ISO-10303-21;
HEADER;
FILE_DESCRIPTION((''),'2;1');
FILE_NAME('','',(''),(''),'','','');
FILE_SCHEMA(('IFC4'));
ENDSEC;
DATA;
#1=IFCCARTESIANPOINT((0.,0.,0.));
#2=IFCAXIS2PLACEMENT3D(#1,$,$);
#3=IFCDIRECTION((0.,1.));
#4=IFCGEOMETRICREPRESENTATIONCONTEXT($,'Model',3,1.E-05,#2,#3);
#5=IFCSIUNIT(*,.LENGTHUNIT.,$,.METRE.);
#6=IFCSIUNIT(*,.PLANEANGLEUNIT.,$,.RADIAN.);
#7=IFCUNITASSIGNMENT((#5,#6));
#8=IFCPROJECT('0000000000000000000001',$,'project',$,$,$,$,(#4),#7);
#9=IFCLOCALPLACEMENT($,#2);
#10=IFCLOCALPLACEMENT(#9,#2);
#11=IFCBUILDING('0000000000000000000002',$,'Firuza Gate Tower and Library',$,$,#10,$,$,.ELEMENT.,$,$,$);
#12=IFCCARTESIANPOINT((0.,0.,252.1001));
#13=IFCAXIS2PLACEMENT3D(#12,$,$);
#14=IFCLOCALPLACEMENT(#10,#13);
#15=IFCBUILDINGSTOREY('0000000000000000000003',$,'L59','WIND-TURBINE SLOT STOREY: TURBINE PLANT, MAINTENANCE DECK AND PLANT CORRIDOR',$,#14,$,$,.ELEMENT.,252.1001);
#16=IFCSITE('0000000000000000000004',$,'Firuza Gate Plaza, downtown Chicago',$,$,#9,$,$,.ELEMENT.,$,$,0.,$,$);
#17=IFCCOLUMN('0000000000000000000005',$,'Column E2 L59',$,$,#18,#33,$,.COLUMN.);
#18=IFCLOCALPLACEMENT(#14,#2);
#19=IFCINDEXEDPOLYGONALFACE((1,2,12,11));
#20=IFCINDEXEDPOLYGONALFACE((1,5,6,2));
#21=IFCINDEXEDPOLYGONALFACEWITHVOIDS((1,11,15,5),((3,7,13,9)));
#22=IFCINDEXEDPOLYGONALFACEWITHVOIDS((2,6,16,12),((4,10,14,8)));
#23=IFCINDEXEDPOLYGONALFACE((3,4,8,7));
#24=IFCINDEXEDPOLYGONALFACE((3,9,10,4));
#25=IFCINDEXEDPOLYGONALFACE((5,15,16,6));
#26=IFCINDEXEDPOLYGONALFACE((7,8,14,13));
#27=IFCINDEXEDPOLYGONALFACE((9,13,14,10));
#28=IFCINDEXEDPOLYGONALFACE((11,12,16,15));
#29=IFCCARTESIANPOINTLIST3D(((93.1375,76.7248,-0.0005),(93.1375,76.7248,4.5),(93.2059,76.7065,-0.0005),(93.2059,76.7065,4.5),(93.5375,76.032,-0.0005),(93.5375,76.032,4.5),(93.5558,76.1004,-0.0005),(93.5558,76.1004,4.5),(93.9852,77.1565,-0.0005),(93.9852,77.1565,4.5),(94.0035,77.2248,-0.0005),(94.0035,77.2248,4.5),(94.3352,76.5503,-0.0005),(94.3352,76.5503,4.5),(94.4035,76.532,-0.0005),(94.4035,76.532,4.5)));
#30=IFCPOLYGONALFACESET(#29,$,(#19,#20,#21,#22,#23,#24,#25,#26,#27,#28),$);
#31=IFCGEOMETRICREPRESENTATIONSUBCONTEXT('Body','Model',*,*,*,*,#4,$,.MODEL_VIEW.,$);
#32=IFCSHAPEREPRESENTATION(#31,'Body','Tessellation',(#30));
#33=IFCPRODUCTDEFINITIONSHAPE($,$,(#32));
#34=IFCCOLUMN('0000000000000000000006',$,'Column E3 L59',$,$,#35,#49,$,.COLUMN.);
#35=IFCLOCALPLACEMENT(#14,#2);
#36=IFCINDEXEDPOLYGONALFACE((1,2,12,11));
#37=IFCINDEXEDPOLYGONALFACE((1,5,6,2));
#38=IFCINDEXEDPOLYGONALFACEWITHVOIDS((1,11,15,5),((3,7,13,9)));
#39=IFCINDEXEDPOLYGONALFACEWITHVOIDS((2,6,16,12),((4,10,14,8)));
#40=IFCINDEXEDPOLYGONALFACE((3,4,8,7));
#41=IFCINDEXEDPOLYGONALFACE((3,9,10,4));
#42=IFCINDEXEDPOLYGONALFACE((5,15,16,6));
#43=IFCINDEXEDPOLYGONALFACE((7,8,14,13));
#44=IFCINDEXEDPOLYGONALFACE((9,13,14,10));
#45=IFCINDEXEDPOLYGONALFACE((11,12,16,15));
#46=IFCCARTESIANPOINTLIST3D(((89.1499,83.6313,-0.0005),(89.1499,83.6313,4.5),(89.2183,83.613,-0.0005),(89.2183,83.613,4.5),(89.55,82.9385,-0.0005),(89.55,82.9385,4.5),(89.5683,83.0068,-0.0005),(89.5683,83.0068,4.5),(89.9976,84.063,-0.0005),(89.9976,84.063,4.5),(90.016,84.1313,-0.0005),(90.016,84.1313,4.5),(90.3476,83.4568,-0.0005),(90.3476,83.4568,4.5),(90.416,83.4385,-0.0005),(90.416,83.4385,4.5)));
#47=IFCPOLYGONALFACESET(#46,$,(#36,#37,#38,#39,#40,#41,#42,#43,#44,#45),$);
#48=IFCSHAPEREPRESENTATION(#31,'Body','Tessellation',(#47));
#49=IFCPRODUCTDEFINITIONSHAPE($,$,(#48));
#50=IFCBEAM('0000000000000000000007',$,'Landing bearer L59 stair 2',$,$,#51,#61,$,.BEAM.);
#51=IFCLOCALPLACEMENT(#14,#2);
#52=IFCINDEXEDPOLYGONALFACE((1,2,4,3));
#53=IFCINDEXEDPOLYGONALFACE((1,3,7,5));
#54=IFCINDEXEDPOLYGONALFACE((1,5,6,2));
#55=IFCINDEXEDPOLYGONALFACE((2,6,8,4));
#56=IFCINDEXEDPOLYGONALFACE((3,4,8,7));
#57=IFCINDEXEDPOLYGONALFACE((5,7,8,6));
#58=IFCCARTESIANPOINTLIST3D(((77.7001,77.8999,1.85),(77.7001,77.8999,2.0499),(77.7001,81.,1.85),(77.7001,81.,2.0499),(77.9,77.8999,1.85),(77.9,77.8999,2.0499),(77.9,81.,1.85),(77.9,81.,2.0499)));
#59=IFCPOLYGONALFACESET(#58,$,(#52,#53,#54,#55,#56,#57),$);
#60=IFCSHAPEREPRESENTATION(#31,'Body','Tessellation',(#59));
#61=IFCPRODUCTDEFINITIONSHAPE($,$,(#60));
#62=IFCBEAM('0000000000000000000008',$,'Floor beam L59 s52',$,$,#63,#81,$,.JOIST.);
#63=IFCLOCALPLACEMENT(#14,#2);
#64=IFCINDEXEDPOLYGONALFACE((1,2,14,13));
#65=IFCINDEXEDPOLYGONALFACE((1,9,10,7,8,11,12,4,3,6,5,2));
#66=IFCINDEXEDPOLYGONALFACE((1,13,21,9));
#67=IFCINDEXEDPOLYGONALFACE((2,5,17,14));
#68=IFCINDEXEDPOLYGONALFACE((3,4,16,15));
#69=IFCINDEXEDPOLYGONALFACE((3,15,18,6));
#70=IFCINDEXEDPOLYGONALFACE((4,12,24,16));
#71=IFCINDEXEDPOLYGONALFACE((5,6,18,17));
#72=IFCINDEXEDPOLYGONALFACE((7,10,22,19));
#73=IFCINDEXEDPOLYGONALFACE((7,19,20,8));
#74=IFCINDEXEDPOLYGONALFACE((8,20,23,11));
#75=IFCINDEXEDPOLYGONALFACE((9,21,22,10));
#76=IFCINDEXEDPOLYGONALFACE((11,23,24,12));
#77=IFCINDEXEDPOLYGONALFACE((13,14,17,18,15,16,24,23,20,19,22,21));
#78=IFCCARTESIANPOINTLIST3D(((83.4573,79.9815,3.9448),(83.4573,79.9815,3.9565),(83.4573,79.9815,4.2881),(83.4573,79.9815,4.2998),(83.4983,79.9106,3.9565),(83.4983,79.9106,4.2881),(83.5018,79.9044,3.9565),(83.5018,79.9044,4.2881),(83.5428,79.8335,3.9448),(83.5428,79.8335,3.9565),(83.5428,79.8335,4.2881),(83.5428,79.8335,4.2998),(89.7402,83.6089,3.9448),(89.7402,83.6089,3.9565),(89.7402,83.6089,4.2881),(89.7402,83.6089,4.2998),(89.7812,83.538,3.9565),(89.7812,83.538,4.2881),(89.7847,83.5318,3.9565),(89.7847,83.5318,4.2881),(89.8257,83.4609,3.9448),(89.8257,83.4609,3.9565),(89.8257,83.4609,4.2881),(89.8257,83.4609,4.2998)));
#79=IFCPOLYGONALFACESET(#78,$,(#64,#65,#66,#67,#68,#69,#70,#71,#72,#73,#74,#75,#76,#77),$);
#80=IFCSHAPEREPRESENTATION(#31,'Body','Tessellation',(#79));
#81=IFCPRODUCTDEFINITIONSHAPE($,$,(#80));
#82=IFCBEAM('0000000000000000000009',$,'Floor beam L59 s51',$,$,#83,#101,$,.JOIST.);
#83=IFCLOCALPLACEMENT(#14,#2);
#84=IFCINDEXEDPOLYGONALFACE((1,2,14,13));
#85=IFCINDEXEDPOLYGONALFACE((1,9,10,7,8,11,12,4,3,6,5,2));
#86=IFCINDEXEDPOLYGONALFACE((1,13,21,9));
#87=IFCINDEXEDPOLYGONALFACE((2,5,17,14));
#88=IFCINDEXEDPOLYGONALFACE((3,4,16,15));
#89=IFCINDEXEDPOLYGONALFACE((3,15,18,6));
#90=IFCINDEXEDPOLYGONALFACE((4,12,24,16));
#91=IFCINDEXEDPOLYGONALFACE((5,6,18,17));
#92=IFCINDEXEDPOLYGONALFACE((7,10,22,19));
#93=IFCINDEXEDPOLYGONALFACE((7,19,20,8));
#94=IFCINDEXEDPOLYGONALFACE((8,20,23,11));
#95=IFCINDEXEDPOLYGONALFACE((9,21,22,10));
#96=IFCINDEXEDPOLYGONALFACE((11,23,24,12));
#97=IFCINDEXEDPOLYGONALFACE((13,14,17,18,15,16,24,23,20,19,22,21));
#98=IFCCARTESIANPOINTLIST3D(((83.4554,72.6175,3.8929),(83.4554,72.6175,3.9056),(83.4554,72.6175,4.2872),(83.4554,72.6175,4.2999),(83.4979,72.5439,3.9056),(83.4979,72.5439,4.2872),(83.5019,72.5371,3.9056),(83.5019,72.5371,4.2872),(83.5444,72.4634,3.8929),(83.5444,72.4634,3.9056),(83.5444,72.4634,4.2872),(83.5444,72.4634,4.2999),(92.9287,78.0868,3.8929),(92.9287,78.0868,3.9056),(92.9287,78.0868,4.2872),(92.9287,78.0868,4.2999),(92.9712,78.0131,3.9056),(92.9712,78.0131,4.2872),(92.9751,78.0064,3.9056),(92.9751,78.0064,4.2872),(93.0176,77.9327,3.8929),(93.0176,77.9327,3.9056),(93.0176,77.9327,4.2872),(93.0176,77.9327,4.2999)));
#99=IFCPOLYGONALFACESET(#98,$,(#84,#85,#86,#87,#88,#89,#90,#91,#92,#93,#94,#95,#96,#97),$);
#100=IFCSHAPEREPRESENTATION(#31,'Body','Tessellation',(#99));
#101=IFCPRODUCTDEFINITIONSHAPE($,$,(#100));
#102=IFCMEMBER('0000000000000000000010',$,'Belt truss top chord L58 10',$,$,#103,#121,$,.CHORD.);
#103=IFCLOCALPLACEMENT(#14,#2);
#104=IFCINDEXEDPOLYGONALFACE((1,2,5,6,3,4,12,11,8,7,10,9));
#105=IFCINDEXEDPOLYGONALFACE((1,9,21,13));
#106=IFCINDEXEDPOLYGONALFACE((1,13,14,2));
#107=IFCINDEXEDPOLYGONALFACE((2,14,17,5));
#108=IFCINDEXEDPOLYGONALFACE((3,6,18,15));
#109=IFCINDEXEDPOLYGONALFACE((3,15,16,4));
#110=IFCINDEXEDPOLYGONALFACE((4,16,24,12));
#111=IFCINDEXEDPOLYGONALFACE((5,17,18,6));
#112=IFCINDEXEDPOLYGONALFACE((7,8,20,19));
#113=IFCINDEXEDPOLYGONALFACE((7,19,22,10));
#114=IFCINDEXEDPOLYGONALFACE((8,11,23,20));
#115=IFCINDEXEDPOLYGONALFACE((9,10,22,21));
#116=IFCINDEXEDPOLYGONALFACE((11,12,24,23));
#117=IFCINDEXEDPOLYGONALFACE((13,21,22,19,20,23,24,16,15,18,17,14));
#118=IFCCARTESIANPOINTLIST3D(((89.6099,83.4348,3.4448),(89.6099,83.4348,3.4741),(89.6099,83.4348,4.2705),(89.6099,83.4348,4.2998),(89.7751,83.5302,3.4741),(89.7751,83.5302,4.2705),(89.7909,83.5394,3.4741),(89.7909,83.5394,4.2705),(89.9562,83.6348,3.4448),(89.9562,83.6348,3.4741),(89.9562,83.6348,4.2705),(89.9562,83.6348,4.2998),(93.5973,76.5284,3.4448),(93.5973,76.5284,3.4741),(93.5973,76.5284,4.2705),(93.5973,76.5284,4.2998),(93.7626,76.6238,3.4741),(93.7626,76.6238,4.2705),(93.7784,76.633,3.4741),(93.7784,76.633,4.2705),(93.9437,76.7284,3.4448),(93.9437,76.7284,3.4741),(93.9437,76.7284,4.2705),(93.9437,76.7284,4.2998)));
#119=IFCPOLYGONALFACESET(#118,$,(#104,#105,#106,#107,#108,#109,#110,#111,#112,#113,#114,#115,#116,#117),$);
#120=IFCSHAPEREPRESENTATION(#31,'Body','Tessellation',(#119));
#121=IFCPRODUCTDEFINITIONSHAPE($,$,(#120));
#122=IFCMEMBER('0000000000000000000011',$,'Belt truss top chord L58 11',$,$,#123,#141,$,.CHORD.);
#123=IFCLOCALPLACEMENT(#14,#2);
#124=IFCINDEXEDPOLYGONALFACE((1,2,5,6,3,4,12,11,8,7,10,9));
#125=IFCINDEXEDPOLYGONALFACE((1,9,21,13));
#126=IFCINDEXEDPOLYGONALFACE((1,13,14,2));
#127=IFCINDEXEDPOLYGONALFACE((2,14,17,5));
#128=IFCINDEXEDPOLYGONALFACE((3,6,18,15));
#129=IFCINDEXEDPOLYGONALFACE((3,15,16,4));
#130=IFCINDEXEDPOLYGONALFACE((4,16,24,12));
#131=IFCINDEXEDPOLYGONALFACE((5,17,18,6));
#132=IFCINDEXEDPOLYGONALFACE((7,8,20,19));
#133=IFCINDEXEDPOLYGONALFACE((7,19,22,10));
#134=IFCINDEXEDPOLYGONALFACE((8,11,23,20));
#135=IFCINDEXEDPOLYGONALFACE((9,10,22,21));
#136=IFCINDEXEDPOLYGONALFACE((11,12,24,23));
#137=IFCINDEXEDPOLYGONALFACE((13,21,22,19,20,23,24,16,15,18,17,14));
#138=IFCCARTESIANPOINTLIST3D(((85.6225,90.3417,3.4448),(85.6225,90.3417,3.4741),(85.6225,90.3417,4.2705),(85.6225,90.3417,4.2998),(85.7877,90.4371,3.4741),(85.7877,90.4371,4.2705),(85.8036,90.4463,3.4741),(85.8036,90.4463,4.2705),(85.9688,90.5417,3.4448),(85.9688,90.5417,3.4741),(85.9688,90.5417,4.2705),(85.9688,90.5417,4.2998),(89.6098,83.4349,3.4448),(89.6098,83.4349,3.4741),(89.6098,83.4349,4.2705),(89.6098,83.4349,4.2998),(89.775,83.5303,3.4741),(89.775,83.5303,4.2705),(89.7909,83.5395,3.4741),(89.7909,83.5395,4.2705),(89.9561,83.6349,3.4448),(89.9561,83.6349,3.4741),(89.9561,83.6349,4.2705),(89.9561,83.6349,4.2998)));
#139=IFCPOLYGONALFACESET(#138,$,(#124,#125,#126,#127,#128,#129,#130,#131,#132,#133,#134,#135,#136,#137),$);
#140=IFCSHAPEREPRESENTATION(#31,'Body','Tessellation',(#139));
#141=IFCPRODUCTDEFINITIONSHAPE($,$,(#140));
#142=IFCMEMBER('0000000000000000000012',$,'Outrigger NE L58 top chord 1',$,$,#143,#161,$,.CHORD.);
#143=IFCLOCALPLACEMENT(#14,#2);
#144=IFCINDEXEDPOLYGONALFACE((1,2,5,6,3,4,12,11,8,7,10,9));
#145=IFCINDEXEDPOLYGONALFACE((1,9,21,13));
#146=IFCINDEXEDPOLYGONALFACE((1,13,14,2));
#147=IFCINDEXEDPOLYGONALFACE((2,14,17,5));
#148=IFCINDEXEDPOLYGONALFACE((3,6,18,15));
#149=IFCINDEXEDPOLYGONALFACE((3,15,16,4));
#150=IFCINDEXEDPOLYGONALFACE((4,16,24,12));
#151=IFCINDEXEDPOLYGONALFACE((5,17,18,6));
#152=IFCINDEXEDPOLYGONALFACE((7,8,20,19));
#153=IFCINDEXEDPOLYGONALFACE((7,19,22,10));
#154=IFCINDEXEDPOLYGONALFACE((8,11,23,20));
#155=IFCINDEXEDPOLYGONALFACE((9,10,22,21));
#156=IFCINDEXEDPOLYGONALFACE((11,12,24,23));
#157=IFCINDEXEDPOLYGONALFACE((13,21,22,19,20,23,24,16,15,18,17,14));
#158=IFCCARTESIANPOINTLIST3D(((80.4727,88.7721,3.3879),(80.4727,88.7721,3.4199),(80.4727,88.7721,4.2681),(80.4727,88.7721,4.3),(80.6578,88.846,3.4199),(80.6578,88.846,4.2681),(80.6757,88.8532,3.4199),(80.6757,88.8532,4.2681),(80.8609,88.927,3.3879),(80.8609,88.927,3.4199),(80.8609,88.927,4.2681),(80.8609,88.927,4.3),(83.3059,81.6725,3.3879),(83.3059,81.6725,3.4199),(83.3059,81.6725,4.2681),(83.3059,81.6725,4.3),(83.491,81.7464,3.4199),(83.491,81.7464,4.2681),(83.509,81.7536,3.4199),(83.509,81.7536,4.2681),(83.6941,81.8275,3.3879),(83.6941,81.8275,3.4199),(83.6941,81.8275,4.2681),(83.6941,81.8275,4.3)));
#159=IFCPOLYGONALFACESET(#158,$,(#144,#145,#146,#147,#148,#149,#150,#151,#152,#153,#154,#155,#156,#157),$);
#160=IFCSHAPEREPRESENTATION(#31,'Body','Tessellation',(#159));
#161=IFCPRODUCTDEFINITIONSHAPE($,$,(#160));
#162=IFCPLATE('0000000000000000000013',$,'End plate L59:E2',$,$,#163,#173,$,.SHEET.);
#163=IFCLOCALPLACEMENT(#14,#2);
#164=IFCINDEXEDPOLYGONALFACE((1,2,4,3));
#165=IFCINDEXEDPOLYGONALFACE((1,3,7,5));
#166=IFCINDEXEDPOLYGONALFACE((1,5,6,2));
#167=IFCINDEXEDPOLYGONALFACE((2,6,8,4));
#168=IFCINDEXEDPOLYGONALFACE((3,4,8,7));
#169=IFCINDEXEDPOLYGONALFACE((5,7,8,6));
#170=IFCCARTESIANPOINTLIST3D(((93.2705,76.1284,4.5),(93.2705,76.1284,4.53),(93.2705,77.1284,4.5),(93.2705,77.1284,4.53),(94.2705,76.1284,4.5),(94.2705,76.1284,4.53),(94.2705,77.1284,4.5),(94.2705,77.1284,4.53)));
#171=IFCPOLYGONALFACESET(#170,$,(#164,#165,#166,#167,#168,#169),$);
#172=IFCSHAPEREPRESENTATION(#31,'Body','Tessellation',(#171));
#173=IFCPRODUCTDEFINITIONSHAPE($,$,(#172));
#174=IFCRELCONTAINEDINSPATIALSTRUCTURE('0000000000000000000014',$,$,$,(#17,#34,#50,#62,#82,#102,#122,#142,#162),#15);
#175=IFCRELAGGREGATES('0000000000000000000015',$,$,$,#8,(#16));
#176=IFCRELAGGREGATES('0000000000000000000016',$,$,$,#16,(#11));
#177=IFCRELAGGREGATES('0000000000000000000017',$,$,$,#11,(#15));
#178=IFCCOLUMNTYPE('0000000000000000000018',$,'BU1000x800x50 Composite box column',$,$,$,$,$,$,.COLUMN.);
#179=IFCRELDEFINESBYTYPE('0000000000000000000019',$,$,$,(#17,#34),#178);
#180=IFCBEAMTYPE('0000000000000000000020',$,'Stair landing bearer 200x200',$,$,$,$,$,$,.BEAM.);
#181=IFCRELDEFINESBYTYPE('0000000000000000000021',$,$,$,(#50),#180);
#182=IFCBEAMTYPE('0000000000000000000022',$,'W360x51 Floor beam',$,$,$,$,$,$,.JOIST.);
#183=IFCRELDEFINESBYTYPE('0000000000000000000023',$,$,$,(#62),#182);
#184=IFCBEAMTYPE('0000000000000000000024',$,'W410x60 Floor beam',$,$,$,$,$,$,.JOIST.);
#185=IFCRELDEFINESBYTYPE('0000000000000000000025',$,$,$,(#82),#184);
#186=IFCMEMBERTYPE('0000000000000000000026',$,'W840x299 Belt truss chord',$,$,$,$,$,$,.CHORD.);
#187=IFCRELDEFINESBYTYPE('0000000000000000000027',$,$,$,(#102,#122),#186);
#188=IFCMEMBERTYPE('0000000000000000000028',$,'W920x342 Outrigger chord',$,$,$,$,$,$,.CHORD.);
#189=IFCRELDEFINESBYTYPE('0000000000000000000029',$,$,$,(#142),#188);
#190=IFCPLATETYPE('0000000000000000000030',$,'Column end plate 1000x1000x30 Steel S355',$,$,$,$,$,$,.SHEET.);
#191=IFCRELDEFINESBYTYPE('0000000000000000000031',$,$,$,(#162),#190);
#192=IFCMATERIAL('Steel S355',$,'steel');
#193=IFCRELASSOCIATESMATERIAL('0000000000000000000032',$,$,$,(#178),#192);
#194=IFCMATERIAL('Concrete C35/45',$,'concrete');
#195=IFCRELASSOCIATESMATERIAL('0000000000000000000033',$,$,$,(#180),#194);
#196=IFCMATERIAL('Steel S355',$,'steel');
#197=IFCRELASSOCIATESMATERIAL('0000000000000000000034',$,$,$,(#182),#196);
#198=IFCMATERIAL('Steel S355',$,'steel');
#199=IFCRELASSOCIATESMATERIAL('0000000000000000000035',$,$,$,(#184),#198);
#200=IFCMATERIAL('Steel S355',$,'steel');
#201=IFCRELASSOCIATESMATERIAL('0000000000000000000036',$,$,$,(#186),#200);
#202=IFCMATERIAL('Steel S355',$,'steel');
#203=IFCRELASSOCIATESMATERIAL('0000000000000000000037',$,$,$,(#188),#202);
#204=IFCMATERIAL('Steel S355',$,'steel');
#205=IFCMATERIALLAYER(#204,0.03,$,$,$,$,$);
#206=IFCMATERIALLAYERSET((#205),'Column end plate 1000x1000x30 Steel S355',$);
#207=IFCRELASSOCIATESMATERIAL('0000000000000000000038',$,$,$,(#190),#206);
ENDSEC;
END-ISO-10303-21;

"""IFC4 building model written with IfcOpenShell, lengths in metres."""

from ifc_helpers import new_model, si_unit, direction, frame, origin, origin_2d, place, context, subcontext, project, spatial, rectangle, hollow_rectangle, i_section, extrude, material, layer, layer_set, material_profile, profile_set, type_object, element, save


model = new_model("IFC4")

# Units and contexts
model_context = context("Model", 3, precision=1e-05, world=origin(), true_north=direction((0.0, 1.0)))
body_context = subcontext(model_context, "Body", "Model", "MODEL_VIEW")
ifc_project = project(units=[si_unit("LENGTHUNIT", "METRE"), si_unit("PLANEANGLEUNIT", "RADIAN")], contexts=[model_context])

# Site, building, storey
site_placement = place(None, origin())
site = spatial("IfcSite", under=ifc_project, at=site_placement, Name="Firuza Gate Plaza, downtown Chicago", CompositionType="ELEMENT", RefElevation=0.0)
building_placement = place(site_placement, origin())
building = spatial("IfcBuilding", under=site, at=building_placement, Name="Firuza Gate Tower and Library", CompositionType="ELEMENT")
storey_placement = place(building_placement, frame((0.0, 0.0, 252.1001)))
storey = spatial("IfcBuildingStorey", under=building, at=storey_placement, Name="L59", Description="WIND-TURBINE SLOT STOREY: TURBINE PLANT, MAINTENANCE DECK AND PLANT CORRIDOR", CompositionType="ELEMENT", Elevation=252.1001)

# Columns
ifc_material_1 = material(Name="Steel S355", Category="steel")
ifc_material_profile_1 = material_profile(ifc_material_1, hollow_rectangle(XDim=0.8, YDim=1.0, WallThickness=0.05, at=origin_2d()))
ifc_profile_set_1 = profile_set([ifc_material_profile_1], Name="Steel S355")
column_type = type_object("IfcColumnType", Name="BU1000x800x50 Composite box column", PredefinedType="COLUMN", material=ifc_profile_set_1)
for number, where, z_axis, x_axis, name in (
    (1, (93.7705, 76.6284, -0.0005), (0.0, 0.0, 1.0), (-0.5, 0.866025, 0.0), "Column E2 L59"),
    (2, (89.783, 83.5349, -0.0005), (0.0, 0.0, 1.0), (-0.5, 0.866025, 0.0), "Column E3 L59"),
):
    element("IfcColumn", number, at=place(storey_placement, frame(where, z_axis=z_axis, x_axis=x_axis)), inside=storey, type_object=column_type, Name=name, PredefinedType="COLUMN", context=body_context, shape_type="SweptSolid", body=[
        extrude(hollow_rectangle(XDim=0.8, YDim=1.0, WallThickness=0.05, at=origin_2d()), origin(), (0.0, 0.0, 1.0), 4.5005),
    ])

# Beams
ifc_material_2 = material(Name="Concrete C35/45", Category="concrete")
ifc_material_profile_2 = material_profile(ifc_material_2, rectangle(XDim=0.2, YDim=0.2, at=origin_2d()))
ifc_profile_set_2 = profile_set([ifc_material_profile_2], Name="Concrete C35/45")
beam_type_1 = type_object("IfcBeamType", Name="Stair landing bearer 200x200", PredefinedType="BEAM", material=ifc_profile_set_2)
beam_1_placement = place(storey_placement, frame((77.8, 81.0, 1.95), z_axis=(0.0, -1.0, 0.0), x_axis=(1.0, 0.0, 0.0)))
element("IfcBeam", 3, at=beam_1_placement, inside=storey, type_object=beam_type_1, Name="Landing bearer L59 stair 2", PredefinedType="BEAM", context=body_context, shape_type="SweptSolid", body=[
    extrude(rectangle(XDim=0.2, YDim=0.2, at=origin_2d()), origin(), (0.0, 0.0, 1.0), 3.1001),
])
ifc_material_3 = material(Name="Steel S355", Category="steel")
ifc_material_profile_3 = material_profile(ifc_material_3, i_section(OverallWidth=0.1709, OverallDepth=0.355, WebThickness=0.0071, FlangeThickness=0.0117, at=origin_2d()))
ifc_profile_set_3 = profile_set([ifc_material_profile_3], Name="Steel S355")
beam_type_2 = type_object("IfcBeamType", Name="W360x51 Floor beam", PredefinedType="JOIST", material=ifc_profile_set_3)
beam_2_placement = place(storey_placement, frame((89.783, 83.5349, 4.1223), z_axis=(-0.866027, -0.499997, 0.0), x_axis=(0.499997, -0.866027, 0.0)))
element("IfcBeam", 4, at=beam_2_placement, inside=storey, type_object=beam_type_2, Name="Floor beam L59 s52", PredefinedType="JOIST", context=body_context, shape_type="SweptSolid", body=[
    extrude(i_section(OverallWidth=0.1709, OverallDepth=0.355, WebThickness=0.0071, FlangeThickness=0.0117, at=origin_2d()), origin(), (0.0, 0.0, 1.0), 7.2549),
])
ifc_material_4 = material(Name="Steel S355", Category="steel")
ifc_material_profile_4 = material_profile(ifc_material_4, i_section(OverallWidth=0.178, OverallDepth=0.407, WebThickness=0.0078, FlangeThickness=0.0127, at=origin_2d()))
ifc_profile_set_4 = profile_set([ifc_material_profile_4], Name="Steel S355")
beam_type_3 = type_object("IfcBeamType", Name="W410x60 Floor beam", PredefinedType="JOIST", material=ifc_profile_set_4)
beam_3_placement = place(storey_placement, frame((92.9731, 78.0098, 4.0964), z_axis=(-0.866029, -0.499994, 0.0), x_axis=(0.499994, -0.866029, 0.0)))
element("IfcBeam", 5, at=beam_3_placement, inside=storey, type_object=beam_type_3, Name="Floor beam L59 s51", PredefinedType="JOIST", context=body_context, shape_type="SweptSolid", body=[
    extrude(i_section(OverallWidth=0.178, OverallDepth=0.407, WebThickness=0.0078, FlangeThickness=0.0127, at=origin_2d()), origin(), (0.0, 0.0, 1.0), 10.9387),
])

# Members
ifc_material_5 = material(Name="Steel S355", Category="steel")
ifc_material_profile_5 = material_profile(ifc_material_5, i_section(OverallWidth=0.3999, OverallDepth=0.855, WebThickness=0.0183, FlangeThickness=0.0293, at=origin_2d()))
ifc_profile_set_5 = profile_set([ifc_material_profile_5], Name="Steel S355")
member_type_1 = type_object("IfcMemberType", Name="W840x299 Belt truss chord", PredefinedType="CHORD", material=ifc_profile_set_5)
member_1_placement = place(storey_placement, frame((93.7705, 76.6284, 3.8723), z_axis=(-0.500008, 0.866021, 0.0), x_axis=(-0.866021, -0.500008, 0.0)))
element("IfcMember", 6, at=member_1_placement, inside=storey, type_object=member_type_1, Name="Belt truss top chord L58 10", PredefinedType="CHORD", context=body_context, shape_type="SweptSolid", body=[
    extrude(i_section(OverallWidth=0.3999, OverallDepth=0.855, WebThickness=0.0183, FlangeThickness=0.0293, at=origin_2d()), origin(), (0.0, 0.0, 1.0), 7.9749),
])
member_2_placement = place(storey_placement, frame((89.783, 83.5349, 3.8723), z_axis=(-0.499972, 0.866042, 0.0), x_axis=(-0.866042, -0.499972, 0.0)))
element("IfcMember", 7, at=member_2_placement, inside=storey, type_object=member_type_1, Name="Belt truss top chord L58 11", PredefinedType="CHORD", context=body_context, shape_type="SweptSolid", body=[
    extrude(i_section(OverallWidth=0.3999, OverallDepth=0.855, WebThickness=0.0183, FlangeThickness=0.0293, at=origin_2d()), origin(), (0.0, 0.0, 1.0), 7.9751),
])
ifc_material_6 = material(Name="Steel S355", Category="steel")
ifc_material_profile_6 = material_profile(ifc_material_6, i_section(OverallWidth=0.418, OverallDepth=0.9121, WebThickness=0.0193, FlangeThickness=0.032, at=origin_2d()))
ifc_profile_set_6 = profile_set([ifc_material_profile_6], Name="Steel S355")
member_type_2 = type_object("IfcMemberType", Name="W920x342 Outrigger chord", PredefinedType="CHORD", material=ifc_profile_set_6)
member_3_placement = place(storey_placement, frame((83.5, 81.75, 3.844), z_axis=(-0.370647, 0.928774, 0.0), x_axis=(-0.928774, -0.370647, 0.0)))
element("IfcMember", 8, at=member_3_placement, inside=storey, type_object=member_type_2, Name="Outrigger NE L58 top chord 1", PredefinedType="CHORD", context=body_context, shape_type="SweptSolid", body=[
    extrude(i_section(OverallWidth=0.418, OverallDepth=0.9121, WebThickness=0.0193, FlangeThickness=0.032, at=origin_2d()), origin(), (0.0, 0.0, 1.0), 7.644),
])

# Plate
ifc_material_7 = material(Name="Steel S355", Category="steel")
ifc_layer_1 = layer(ifc_material_7, 0.03)
ifc_layer_set_1 = layer_set([ifc_layer_1], Name="Column end plate 1000x1000x30 Steel S355")
plate_type = type_object("IfcPlateType", Name="Column end plate 1000x1000x30 Steel S355", PredefinedType="SHEET", material=ifc_layer_set_1)
for number, where, z_axis, x_axis, name in (
    (9, (93.7705, 76.6284, 4.5), (0.0, 0.0, 1.0), (1.0, 0.0, 0.0), "End plate L59:E2"),
):
    element("IfcPlate", number, at=place(storey_placement, frame(where, z_axis=z_axis, x_axis=x_axis)), inside=storey, type_object=plate_type, Name=name, PredefinedType="SHEET", context=body_context, shape_type="SweptSolid", body=[
        extrude(rectangle(XDim=1.0, YDim=1.0, at=origin_2d()), origin(), (0.0, 0.0, 1.0), 0.03),
    ])

save(model, "model.ifc")
